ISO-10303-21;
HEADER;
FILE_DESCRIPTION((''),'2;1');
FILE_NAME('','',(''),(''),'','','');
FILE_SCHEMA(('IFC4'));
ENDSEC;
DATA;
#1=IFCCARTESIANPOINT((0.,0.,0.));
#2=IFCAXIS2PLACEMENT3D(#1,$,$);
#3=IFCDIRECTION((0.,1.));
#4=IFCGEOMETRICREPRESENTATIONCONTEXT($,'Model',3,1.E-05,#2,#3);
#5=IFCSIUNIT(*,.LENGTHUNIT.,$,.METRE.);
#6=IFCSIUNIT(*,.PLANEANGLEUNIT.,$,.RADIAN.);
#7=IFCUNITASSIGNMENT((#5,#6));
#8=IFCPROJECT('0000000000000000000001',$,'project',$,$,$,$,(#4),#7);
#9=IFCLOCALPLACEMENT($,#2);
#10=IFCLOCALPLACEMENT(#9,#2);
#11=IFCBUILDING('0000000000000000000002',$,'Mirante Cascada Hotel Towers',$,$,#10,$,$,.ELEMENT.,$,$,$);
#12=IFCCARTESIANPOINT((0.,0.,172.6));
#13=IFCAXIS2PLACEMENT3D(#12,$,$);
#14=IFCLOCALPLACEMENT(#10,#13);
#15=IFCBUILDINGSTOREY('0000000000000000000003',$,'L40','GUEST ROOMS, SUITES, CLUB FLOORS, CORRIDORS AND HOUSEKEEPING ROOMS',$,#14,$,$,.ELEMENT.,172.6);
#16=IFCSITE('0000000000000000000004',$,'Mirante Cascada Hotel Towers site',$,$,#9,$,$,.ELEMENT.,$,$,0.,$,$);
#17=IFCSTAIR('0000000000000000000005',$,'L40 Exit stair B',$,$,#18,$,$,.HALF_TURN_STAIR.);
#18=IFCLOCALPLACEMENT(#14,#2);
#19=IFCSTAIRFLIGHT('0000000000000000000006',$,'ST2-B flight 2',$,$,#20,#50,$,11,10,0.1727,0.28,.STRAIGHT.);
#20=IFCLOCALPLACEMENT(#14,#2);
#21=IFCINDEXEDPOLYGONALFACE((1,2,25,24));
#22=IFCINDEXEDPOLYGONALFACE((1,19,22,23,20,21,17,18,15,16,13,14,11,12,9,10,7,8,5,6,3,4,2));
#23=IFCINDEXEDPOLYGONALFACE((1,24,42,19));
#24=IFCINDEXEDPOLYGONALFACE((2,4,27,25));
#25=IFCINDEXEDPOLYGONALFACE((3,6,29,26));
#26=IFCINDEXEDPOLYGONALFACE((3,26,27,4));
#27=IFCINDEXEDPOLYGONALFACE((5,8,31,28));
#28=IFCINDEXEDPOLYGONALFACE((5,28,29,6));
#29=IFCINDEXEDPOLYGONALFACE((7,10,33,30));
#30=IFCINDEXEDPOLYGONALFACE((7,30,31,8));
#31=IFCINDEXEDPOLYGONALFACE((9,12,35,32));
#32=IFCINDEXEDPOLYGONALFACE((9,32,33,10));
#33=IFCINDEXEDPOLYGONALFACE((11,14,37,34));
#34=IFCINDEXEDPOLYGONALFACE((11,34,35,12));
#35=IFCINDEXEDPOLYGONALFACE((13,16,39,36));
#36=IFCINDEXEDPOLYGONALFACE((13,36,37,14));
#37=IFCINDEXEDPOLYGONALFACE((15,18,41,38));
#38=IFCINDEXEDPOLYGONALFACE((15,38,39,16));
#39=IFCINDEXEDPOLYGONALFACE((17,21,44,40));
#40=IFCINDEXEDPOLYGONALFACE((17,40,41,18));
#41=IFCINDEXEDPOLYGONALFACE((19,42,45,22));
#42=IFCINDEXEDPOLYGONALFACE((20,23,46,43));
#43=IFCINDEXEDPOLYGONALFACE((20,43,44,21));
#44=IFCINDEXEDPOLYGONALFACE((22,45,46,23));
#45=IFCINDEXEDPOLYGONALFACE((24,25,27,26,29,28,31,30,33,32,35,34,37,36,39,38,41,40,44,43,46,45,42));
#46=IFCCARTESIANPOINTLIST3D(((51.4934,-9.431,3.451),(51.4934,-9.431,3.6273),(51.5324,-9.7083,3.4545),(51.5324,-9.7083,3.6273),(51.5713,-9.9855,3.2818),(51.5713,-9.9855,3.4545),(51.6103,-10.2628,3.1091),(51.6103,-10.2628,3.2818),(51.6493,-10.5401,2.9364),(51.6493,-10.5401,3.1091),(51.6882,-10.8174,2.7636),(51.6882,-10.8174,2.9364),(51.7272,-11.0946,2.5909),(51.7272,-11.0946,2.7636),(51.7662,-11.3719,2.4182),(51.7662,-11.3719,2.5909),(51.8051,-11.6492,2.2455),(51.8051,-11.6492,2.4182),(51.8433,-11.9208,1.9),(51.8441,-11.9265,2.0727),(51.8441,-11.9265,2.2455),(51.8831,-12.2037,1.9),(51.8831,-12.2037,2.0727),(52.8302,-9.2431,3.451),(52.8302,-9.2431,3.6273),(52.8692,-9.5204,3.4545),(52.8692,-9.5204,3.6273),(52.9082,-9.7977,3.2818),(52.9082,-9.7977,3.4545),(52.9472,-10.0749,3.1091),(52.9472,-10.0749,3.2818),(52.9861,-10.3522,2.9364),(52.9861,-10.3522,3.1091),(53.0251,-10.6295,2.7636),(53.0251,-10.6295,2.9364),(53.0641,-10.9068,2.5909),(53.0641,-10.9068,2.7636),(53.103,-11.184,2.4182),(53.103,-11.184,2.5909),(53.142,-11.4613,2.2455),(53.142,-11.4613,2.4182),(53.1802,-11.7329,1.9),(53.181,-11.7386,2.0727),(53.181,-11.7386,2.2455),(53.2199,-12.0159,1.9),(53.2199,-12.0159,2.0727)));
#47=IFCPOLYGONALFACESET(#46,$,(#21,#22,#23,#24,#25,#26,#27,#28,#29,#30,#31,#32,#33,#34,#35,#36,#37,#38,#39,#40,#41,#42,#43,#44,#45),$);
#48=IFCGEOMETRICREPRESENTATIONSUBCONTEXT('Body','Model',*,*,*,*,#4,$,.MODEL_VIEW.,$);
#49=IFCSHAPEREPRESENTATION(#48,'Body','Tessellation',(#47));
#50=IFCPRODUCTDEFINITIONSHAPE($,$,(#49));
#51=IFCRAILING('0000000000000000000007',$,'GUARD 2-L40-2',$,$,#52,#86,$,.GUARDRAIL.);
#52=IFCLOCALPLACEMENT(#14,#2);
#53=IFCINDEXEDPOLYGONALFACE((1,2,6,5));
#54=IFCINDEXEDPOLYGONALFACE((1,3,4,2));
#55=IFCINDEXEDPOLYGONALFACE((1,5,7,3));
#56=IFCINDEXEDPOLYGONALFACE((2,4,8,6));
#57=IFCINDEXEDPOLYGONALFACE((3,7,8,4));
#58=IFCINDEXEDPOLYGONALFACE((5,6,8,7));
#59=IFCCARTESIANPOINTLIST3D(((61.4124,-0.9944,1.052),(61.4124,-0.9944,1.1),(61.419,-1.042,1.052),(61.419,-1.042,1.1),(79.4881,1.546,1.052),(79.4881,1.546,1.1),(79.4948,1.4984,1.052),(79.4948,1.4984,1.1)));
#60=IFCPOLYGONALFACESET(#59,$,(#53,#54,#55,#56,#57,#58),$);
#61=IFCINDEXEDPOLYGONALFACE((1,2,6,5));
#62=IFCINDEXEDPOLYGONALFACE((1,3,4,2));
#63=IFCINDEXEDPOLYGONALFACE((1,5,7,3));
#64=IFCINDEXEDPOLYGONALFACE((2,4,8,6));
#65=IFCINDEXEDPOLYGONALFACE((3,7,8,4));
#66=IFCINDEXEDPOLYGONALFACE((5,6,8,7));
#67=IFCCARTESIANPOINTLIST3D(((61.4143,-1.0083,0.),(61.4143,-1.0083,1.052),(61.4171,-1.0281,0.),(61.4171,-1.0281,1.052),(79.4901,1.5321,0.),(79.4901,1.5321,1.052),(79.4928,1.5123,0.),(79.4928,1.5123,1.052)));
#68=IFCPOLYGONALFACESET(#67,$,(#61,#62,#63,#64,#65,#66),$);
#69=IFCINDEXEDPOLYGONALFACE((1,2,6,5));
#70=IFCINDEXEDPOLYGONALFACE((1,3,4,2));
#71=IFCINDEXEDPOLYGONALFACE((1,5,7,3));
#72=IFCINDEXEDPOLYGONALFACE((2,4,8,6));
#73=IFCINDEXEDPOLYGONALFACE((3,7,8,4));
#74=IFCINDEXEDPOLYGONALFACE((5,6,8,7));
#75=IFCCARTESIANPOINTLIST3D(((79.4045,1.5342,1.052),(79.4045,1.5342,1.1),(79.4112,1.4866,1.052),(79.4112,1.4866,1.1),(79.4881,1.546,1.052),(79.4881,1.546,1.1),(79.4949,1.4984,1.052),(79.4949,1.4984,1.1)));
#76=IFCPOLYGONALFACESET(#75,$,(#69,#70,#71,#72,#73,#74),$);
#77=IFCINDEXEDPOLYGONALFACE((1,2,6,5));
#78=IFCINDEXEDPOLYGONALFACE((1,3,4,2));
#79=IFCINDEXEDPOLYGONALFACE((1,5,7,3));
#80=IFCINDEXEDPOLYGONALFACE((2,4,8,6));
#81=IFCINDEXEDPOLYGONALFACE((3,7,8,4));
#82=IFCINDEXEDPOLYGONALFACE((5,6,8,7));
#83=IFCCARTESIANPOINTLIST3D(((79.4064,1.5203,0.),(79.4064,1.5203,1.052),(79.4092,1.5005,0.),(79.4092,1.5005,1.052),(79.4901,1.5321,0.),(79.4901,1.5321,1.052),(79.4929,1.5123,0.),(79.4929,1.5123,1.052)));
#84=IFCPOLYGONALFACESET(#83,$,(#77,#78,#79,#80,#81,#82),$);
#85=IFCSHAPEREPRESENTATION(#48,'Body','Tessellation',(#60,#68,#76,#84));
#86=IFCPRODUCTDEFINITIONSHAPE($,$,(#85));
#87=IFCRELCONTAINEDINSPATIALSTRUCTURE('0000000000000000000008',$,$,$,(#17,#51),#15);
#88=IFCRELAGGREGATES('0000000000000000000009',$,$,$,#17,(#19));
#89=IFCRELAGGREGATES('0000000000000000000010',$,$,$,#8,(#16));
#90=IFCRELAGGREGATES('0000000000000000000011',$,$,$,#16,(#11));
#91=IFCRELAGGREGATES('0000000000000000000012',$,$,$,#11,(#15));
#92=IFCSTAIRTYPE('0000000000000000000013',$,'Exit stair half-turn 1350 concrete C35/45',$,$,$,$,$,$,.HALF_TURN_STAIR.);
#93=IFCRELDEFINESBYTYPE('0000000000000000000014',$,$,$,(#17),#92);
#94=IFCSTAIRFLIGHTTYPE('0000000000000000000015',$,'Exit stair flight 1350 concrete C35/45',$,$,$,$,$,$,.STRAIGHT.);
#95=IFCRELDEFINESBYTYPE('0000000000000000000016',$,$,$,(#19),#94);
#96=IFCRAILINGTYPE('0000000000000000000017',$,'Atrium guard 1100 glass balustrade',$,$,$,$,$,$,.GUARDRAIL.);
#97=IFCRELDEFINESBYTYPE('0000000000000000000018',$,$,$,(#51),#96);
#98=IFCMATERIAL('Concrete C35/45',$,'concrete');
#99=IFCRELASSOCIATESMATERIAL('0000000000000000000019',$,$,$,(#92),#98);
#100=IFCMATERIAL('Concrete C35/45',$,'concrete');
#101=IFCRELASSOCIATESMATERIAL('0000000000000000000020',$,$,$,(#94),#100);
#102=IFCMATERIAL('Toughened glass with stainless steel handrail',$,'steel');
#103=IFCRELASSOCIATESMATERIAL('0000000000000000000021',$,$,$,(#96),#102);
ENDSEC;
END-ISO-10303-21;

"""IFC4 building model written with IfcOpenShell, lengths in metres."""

from ifc_helpers import new_model, si_unit, direction, frame, origin, origin_2d, place, context, subcontext, project, spatial, polyline, rectangle, outline, extrude, material, type_object, element, aggregate, save


model = new_model("IFC4")

# Units and contexts
model_context = context("Model", 3, precision=1e-05, world=origin(), true_north=direction((0.0, 1.0)))
body_context = subcontext(model_context, "Body", "Model", "MODEL_VIEW")
ifc_project = project(units=[si_unit("LENGTHUNIT", "METRE"), si_unit("PLANEANGLEUNIT", "RADIAN")], contexts=[model_context])

# Site, building, storey
site_placement = place(None, origin())
site = spatial("IfcSite", under=ifc_project, at=site_placement, Name="Mirante Cascada Hotel Towers site", CompositionType="ELEMENT", RefElevation=0.0)
building_placement = place(site_placement, origin())
building = spatial("IfcBuilding", under=site, at=building_placement, Name="Mirante Cascada Hotel Towers", CompositionType="ELEMENT")
storey_placement = place(building_placement, frame((0.0, 0.0, 172.6)))
storey = spatial("IfcBuildingStorey", under=building, at=storey_placement, Name="L40", Description="GUEST ROOMS, SUITES, CLUB FLOORS, CORRIDORS AND HOUSEKEEPING ROOMS", CompositionType="ELEMENT", Elevation=172.6)

# Stair, stair flight
ifc_material_1 = material(Name="Concrete C35/45", Category="concrete")
stair_type = type_object("IfcStairType", Name="Exit stair half-turn 1350 concrete C35/45", PredefinedType="HALF_TURN_STAIR", material=ifc_material_1)
stair_placement = place(storey_placement, origin())
stair = element("IfcStair", 1, at=stair_placement, inside=storey, type_object=stair_type, Name="L40 Exit stair B", PredefinedType="HALF_TURN_STAIR")
ifc_material_2 = material(Name="Concrete C35/45", Category="concrete")
stair_flight_type = type_object("IfcStairFlightType", Name="Exit stair flight 1350 concrete C35/45", PredefinedType="STRAIGHT", material=ifc_material_2)
stair_flight_placement = place(storey_placement, frame((52.5515, -12.1098, 1.9), z_axis=(0.0, 0.0, 1.0), x_axis=(-0.139173, 0.990268, 0.0)))
stair_flight = element("IfcStairFlight", 2, at=stair_flight_placement, type_object=stair_flight_type, Name="ST2-B flight 2", NumberOfRisers=11, NumberOfTreads=10, PredefinedType="STRAIGHT", RiserHeight=0.1727, TreadLength=0.28, context=body_context, shape_type="SweptSolid", body=[
    extrude(outline(polyline([(0.0, 0.0), (0.0, 0.1727), (0.28, 0.1727), (0.28, 0.3455), (0.56, 0.3455), (0.56, 0.5182), (0.84, 0.5182), (0.84, 0.6909), (1.12, 0.6909), (1.12, 0.8636), (1.4, 0.8636), (1.4, 1.0364), (1.68, 1.0364), (1.68, 1.2091), (1.96, 1.2091), (1.96, 1.3818), (2.24, 1.3818), (2.24, 1.5545), (2.52, 1.5545), (2.52, 1.7273), (2.8, 1.7273), (2.8, 1.9), (2.8, 1.551), (0.2857, 0.0), (0.0, 0.0)])), frame((0.0, 0.675, 0.0), z_axis=(0.0, -1.0, 0.0), x_axis=(1.0, 0.0, 0.0)), (0.0, 0.0, 1.0), 1.35),
])
aggregate(stair, [stair_flight])

# Railing
ifc_material_3 = material(Name="Toughened glass with stainless steel handrail", Category="steel")
railing_type = type_object("IfcRailingType", Name="Atrium guard 1100 glass balustrade", PredefinedType="GUARDRAIL", material=ifc_material_3)
railing_placement = place(storey_placement, frame((61.4157, -1.0182, 0.0)))
element("IfcRailing", 3, at=railing_placement, inside=storey, type_object=railing_type, Name="GUARD 2-L40-2", PredefinedType="GUARDRAIL", context=body_context, shape_type="SweptSolid", body=[
    extrude(rectangle(XDim=0.048, YDim=0.048, at=origin_2d()), frame((0.0, 0.0, 1.076), z_axis=(0.990268, 0.139174, 0.0), x_axis=(-0.139174, 0.990268, 0.0)), (0.0, 0.0, 1.0), 18.2534),
    extrude(rectangle(XDim=0.02, YDim=1.052, at=origin_2d()), frame((0.0, 0.0, 0.526), z_axis=(0.990268, 0.139174, 0.0), x_axis=(-0.139174, 0.990268, 0.0)), (0.0, 0.0, 1.0), 18.2534),
    extrude(rectangle(XDim=0.048, YDim=0.048, at=origin_2d()), frame((18.0758, 2.5404, 1.076), z_axis=(-0.990208, -0.139599, 0.0), x_axis=(0.139599, -0.990208, 0.0)), (0.0, 0.0, 1.0), 0.0845),
    extrude(rectangle(XDim=0.02, YDim=1.052, at=origin_2d()), frame((18.0758, 2.5404, 0.526), z_axis=(-0.990208, -0.139599, 0.0), x_axis=(0.139599, -0.990208, 0.0)), (0.0, 0.0, 1.0), 0.0845),
])

save(model, "model.ifc")
